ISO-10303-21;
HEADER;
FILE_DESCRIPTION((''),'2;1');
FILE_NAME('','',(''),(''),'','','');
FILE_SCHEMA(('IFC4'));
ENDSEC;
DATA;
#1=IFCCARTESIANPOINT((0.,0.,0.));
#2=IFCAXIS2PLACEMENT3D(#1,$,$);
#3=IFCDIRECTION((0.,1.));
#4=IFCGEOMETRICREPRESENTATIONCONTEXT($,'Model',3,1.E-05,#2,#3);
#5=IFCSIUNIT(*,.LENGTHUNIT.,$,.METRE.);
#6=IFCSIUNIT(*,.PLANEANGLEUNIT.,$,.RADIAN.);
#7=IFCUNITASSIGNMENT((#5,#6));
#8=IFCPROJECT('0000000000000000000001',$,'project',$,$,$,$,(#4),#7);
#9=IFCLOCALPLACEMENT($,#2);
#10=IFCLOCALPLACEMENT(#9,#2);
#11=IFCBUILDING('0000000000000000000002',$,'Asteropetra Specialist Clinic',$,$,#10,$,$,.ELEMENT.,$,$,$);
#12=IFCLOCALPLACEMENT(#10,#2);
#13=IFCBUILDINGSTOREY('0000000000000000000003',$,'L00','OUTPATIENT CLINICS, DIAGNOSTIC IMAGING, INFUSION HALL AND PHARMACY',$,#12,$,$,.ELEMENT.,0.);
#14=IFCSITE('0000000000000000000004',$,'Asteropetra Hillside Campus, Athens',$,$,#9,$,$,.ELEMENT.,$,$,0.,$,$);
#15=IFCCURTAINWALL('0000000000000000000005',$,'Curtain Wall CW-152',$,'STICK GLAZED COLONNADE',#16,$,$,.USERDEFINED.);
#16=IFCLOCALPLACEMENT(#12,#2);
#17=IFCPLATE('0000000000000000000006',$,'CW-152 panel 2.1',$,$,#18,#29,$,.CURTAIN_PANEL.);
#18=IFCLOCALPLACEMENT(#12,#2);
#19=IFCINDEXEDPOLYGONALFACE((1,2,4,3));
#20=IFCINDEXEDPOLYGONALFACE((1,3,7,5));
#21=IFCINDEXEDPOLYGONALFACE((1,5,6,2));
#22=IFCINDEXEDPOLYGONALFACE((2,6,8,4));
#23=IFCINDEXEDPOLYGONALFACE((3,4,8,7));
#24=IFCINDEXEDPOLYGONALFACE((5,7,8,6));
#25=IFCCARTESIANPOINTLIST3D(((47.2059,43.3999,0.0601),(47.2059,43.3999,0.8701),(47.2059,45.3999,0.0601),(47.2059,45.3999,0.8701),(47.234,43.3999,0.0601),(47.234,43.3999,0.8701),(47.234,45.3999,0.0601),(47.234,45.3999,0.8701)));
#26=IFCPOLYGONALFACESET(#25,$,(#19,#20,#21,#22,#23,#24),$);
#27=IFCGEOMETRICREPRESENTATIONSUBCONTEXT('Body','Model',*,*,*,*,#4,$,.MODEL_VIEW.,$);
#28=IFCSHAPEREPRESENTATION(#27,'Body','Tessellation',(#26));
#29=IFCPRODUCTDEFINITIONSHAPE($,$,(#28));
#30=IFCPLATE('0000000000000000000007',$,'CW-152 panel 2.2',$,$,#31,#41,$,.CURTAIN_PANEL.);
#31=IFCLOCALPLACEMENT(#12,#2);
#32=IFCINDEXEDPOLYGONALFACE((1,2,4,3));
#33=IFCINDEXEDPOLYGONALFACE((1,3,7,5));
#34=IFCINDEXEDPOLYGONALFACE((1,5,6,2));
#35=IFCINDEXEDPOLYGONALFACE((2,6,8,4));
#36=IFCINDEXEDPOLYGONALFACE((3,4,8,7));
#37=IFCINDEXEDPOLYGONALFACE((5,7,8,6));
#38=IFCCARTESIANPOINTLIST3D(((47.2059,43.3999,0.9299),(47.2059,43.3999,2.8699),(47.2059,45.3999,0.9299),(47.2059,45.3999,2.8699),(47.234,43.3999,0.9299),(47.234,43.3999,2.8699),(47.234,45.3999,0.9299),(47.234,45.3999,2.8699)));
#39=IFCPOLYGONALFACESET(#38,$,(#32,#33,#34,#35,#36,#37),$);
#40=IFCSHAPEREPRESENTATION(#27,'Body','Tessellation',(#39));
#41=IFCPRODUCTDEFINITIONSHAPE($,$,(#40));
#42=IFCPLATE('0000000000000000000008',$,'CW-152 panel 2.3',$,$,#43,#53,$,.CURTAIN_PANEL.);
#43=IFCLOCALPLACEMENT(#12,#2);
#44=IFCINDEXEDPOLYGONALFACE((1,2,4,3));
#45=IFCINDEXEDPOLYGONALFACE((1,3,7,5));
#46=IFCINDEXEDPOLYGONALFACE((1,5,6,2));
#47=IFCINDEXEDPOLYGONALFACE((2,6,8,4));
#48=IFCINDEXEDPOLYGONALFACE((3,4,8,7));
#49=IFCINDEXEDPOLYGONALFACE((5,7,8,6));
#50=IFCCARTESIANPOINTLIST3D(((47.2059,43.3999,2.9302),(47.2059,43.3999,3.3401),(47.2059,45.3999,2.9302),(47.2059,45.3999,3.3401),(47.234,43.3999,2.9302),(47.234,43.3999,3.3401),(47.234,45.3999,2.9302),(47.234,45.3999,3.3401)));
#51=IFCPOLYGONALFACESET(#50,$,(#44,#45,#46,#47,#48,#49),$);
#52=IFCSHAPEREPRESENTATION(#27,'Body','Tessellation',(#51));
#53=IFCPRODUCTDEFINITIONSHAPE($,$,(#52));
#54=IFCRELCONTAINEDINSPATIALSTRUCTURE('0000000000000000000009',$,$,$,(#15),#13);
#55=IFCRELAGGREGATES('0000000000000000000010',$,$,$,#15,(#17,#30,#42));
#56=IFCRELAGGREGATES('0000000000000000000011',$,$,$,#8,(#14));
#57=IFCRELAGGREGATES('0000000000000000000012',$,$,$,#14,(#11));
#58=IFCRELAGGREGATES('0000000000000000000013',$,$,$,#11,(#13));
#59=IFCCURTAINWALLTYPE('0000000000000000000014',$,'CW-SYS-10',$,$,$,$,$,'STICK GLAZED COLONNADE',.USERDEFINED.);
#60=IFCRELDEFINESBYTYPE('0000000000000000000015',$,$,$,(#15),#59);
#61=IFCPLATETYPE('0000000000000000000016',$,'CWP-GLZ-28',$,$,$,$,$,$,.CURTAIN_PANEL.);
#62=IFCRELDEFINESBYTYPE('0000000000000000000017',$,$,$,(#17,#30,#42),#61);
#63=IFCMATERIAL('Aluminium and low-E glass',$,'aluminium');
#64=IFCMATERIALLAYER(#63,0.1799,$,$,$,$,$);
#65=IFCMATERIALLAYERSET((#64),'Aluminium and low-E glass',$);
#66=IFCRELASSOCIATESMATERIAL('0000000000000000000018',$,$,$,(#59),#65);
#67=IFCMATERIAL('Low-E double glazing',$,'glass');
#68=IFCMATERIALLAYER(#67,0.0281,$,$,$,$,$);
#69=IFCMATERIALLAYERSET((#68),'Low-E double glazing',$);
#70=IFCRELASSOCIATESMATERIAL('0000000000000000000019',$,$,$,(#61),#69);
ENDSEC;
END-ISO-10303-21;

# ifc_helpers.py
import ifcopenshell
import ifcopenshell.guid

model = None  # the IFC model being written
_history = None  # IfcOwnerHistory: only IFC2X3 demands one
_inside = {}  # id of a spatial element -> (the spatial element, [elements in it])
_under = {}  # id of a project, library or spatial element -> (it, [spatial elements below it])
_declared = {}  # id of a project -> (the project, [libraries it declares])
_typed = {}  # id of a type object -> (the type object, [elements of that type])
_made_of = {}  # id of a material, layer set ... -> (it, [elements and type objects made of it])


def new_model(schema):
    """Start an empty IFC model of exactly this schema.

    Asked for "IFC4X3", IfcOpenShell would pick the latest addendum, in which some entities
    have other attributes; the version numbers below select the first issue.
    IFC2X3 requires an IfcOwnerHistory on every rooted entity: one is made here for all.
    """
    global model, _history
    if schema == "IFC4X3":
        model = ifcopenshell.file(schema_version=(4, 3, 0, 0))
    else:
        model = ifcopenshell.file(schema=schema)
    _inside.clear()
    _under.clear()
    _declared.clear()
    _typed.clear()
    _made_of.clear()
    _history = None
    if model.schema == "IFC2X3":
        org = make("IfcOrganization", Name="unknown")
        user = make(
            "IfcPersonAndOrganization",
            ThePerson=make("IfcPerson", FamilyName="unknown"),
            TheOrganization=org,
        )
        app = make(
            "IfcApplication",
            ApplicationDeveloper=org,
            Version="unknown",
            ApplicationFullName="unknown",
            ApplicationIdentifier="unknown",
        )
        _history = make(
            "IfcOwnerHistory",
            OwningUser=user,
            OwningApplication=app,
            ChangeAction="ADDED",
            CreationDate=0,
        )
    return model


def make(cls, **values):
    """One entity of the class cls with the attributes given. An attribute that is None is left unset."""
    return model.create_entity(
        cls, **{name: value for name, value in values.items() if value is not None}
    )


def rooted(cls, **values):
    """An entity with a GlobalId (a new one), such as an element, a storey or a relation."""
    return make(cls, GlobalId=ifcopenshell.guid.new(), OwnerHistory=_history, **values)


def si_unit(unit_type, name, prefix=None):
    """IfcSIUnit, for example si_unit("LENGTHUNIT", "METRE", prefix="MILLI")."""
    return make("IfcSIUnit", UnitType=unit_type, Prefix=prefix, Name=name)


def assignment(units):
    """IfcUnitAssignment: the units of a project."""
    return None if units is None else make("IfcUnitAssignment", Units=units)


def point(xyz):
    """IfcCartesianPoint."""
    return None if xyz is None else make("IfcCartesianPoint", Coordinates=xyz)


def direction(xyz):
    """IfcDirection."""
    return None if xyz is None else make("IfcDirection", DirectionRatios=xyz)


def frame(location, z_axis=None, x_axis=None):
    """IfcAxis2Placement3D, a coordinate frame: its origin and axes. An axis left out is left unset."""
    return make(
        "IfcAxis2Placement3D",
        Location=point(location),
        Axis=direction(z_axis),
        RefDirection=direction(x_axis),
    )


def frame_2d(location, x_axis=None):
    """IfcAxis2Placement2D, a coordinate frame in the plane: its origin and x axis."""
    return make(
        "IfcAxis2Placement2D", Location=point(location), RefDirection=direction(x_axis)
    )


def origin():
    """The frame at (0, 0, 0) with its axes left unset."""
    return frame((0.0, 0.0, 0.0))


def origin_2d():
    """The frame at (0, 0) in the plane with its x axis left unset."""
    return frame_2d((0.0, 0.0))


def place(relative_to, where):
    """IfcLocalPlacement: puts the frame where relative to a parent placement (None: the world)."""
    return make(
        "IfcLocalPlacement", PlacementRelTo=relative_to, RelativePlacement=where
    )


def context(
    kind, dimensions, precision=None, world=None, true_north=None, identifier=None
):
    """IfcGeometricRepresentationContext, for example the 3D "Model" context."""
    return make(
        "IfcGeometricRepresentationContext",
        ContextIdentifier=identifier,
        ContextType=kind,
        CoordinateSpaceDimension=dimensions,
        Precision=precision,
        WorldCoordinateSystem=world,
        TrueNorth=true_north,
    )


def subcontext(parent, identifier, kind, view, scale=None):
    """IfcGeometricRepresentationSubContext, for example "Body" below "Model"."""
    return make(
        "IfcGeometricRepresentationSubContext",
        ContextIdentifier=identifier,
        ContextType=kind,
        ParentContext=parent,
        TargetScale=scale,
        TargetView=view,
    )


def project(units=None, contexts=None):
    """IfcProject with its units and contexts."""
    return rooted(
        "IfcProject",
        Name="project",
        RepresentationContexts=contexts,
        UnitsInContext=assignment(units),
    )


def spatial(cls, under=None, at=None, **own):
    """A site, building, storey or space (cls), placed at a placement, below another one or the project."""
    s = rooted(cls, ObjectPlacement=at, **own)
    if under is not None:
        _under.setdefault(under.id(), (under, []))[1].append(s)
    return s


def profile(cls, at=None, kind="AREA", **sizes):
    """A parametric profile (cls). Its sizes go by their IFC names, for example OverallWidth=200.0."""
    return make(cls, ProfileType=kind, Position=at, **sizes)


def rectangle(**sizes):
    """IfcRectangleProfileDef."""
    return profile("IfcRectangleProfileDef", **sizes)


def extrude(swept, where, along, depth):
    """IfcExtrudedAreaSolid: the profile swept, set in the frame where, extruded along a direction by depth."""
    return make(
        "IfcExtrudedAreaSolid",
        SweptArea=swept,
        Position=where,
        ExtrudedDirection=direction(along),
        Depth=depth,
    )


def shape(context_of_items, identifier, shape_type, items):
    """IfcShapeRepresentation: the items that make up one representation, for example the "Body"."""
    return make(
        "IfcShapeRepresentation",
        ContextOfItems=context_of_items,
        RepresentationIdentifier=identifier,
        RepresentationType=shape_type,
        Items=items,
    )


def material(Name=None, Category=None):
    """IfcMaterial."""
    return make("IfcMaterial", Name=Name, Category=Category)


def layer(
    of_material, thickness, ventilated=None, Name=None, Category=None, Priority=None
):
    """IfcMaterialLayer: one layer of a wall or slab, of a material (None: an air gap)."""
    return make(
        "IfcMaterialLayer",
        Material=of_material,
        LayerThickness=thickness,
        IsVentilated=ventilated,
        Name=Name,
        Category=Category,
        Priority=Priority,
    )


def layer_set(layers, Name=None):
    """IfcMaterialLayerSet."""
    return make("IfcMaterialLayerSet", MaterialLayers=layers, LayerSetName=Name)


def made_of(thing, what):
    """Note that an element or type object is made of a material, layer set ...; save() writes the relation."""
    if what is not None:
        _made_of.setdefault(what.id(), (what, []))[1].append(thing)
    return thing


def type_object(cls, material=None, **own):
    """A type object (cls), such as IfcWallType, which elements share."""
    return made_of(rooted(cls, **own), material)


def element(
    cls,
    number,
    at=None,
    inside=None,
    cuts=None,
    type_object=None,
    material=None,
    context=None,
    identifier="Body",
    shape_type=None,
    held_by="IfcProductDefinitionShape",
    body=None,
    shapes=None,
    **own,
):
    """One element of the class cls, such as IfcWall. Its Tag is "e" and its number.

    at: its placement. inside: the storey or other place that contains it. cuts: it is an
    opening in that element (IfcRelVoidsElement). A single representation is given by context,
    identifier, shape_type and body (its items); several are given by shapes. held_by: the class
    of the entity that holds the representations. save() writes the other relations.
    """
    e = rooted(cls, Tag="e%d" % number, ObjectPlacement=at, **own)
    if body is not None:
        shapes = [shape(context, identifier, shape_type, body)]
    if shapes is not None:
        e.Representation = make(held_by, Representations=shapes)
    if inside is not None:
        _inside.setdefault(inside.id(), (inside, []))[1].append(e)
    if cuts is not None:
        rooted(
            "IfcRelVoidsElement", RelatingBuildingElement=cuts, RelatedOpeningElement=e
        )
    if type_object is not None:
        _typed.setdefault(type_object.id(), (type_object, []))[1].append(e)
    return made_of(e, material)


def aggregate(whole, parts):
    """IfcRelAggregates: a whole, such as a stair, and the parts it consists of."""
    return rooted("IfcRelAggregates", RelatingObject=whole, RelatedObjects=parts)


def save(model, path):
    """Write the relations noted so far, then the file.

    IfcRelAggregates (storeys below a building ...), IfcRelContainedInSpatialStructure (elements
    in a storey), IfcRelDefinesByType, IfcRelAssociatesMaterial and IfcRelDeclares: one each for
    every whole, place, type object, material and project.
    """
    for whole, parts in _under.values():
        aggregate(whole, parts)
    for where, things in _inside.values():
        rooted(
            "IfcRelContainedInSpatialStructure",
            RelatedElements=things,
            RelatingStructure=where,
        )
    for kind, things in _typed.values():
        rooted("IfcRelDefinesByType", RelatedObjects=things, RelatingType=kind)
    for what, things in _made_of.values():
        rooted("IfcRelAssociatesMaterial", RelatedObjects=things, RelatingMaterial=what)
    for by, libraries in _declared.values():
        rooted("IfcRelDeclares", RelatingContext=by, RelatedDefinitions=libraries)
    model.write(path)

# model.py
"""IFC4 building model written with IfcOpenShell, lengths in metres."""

from ifc_helpers import new_model, si_unit, direction, frame, origin, origin_2d, place, context, subcontext, project, spatial, rectangle, extrude, material, layer, layer_set, type_object, element, aggregate, save


model = new_model("IFC4")

# Units and contexts
model_context = context("Model", 3, precision=1e-05, world=origin(), true_north=direction((0.0, 1.0)))
body_context = subcontext(model_context, "Body", "Model", "MODEL_VIEW")
ifc_project = project(units=[si_unit("LENGTHUNIT", "METRE"), si_unit("PLANEANGLEUNIT", "RADIAN")], contexts=[model_context])

# Site, building, storey
site_placement = place(None, origin())
site = spatial("IfcSite", under=ifc_project, at=site_placement, Name="Asteropetra Hillside Campus, Athens", CompositionType="ELEMENT", RefElevation=0.0)
building_placement = place(site_placement, origin())
building = spatial("IfcBuilding", under=site, at=building_placement, Name="Asteropetra Specialist Clinic", CompositionType="ELEMENT")
storey_placement = place(building_placement, origin())
storey = spatial("IfcBuildingStorey", under=building, at=storey_placement, Name="L00", Description="OUTPATIENT CLINICS, DIAGNOSTIC IMAGING, INFUSION HALL AND PHARMACY", CompositionType="ELEMENT", Elevation=0.0)

# Curtain wall
ifc_material_1 = material(Name="Aluminium and low-E glass", Category="aluminium")
ifc_layer_1 = layer(ifc_material_1, 0.1799)
ifc_layer_set_1 = layer_set([ifc_layer_1], Name="Aluminium and low-E glass")
curtain_wall_type = type_object("IfcCurtainWallType", Name="CW-SYS-10", ElementType="STICK GLAZED COLONNADE", PredefinedType="USERDEFINED", material=ifc_layer_set_1)
curtain_wall_placement = place(storey_placement, origin())
curtain_wall = element("IfcCurtainWall", 1, at=curtain_wall_placement, inside=storey, type_object=curtain_wall_type, Name="Curtain Wall CW-152", ObjectType="STICK GLAZED COLONNADE", PredefinedType="USERDEFINED")

# Plates
ifc_material_2 = material(Name="Low-E double glazing", Category="glass")
ifc_layer_2 = layer(ifc_material_2, 0.0281)
ifc_layer_set_2 = layer_set([ifc_layer_2], Name="Low-E double glazing")
plate_type = type_object("IfcPlateType", Name="CWP-GLZ-28", PredefinedType="CURTAIN_PANEL", material=ifc_layer_set_2)
plate_1_placement = place(storey_placement, frame((47.22, 44.3999, 0.0601), z_axis=(0.0, 0.0, 1.0), x_axis=(0.0, 1.0, 0.0)))
plate_1 = element("IfcPlate", 2, at=plate_1_placement, type_object=plate_type, Name="CW-152 panel 2.1", PredefinedType="CURTAIN_PANEL", context=body_context, shape_type="SweptSolid", body=[
    extrude(rectangle(XDim=2.0, YDim=0.0281, at=origin_2d()), origin(), (0.0, 0.0, 1.0), 0.8101),
])
plate_2_placement = place(storey_placement, frame((47.22, 44.3999, 0.9299), z_axis=(0.0, 0.0, 1.0), x_axis=(0.0, 1.0, 0.0)))
plate_2 = element("IfcPlate", 3, at=plate_2_placement, type_object=plate_type, Name="CW-152 panel 2.2", PredefinedType="CURTAIN_PANEL", context=body_context, shape_type="SweptSolid", body=[
    extrude(rectangle(XDim=2.0, YDim=0.0281, at=origin_2d()), origin(), (0.0, 0.0, 1.0), 1.9399),
])
plate_3_placement = place(storey_placement, frame((47.22, 44.3999, 2.9302), z_axis=(0.0, 0.0, 1.0), x_axis=(0.0, 1.0, 0.0)))
plate_3 = element("IfcPlate", 4, at=plate_3_placement, type_object=plate_type, Name="CW-152 panel 2.3", PredefinedType="CURTAIN_PANEL", context=body_context, shape_type="SweptSolid", body=[
    extrude(rectangle(XDim=2.0, YDim=0.0281, at=origin_2d()), origin(), (0.0, 0.0, 1.0), 0.4099),
])
aggregate(curtain_wall, [plate_1, plate_2, plate_3])

save(model, "model.ifc")
